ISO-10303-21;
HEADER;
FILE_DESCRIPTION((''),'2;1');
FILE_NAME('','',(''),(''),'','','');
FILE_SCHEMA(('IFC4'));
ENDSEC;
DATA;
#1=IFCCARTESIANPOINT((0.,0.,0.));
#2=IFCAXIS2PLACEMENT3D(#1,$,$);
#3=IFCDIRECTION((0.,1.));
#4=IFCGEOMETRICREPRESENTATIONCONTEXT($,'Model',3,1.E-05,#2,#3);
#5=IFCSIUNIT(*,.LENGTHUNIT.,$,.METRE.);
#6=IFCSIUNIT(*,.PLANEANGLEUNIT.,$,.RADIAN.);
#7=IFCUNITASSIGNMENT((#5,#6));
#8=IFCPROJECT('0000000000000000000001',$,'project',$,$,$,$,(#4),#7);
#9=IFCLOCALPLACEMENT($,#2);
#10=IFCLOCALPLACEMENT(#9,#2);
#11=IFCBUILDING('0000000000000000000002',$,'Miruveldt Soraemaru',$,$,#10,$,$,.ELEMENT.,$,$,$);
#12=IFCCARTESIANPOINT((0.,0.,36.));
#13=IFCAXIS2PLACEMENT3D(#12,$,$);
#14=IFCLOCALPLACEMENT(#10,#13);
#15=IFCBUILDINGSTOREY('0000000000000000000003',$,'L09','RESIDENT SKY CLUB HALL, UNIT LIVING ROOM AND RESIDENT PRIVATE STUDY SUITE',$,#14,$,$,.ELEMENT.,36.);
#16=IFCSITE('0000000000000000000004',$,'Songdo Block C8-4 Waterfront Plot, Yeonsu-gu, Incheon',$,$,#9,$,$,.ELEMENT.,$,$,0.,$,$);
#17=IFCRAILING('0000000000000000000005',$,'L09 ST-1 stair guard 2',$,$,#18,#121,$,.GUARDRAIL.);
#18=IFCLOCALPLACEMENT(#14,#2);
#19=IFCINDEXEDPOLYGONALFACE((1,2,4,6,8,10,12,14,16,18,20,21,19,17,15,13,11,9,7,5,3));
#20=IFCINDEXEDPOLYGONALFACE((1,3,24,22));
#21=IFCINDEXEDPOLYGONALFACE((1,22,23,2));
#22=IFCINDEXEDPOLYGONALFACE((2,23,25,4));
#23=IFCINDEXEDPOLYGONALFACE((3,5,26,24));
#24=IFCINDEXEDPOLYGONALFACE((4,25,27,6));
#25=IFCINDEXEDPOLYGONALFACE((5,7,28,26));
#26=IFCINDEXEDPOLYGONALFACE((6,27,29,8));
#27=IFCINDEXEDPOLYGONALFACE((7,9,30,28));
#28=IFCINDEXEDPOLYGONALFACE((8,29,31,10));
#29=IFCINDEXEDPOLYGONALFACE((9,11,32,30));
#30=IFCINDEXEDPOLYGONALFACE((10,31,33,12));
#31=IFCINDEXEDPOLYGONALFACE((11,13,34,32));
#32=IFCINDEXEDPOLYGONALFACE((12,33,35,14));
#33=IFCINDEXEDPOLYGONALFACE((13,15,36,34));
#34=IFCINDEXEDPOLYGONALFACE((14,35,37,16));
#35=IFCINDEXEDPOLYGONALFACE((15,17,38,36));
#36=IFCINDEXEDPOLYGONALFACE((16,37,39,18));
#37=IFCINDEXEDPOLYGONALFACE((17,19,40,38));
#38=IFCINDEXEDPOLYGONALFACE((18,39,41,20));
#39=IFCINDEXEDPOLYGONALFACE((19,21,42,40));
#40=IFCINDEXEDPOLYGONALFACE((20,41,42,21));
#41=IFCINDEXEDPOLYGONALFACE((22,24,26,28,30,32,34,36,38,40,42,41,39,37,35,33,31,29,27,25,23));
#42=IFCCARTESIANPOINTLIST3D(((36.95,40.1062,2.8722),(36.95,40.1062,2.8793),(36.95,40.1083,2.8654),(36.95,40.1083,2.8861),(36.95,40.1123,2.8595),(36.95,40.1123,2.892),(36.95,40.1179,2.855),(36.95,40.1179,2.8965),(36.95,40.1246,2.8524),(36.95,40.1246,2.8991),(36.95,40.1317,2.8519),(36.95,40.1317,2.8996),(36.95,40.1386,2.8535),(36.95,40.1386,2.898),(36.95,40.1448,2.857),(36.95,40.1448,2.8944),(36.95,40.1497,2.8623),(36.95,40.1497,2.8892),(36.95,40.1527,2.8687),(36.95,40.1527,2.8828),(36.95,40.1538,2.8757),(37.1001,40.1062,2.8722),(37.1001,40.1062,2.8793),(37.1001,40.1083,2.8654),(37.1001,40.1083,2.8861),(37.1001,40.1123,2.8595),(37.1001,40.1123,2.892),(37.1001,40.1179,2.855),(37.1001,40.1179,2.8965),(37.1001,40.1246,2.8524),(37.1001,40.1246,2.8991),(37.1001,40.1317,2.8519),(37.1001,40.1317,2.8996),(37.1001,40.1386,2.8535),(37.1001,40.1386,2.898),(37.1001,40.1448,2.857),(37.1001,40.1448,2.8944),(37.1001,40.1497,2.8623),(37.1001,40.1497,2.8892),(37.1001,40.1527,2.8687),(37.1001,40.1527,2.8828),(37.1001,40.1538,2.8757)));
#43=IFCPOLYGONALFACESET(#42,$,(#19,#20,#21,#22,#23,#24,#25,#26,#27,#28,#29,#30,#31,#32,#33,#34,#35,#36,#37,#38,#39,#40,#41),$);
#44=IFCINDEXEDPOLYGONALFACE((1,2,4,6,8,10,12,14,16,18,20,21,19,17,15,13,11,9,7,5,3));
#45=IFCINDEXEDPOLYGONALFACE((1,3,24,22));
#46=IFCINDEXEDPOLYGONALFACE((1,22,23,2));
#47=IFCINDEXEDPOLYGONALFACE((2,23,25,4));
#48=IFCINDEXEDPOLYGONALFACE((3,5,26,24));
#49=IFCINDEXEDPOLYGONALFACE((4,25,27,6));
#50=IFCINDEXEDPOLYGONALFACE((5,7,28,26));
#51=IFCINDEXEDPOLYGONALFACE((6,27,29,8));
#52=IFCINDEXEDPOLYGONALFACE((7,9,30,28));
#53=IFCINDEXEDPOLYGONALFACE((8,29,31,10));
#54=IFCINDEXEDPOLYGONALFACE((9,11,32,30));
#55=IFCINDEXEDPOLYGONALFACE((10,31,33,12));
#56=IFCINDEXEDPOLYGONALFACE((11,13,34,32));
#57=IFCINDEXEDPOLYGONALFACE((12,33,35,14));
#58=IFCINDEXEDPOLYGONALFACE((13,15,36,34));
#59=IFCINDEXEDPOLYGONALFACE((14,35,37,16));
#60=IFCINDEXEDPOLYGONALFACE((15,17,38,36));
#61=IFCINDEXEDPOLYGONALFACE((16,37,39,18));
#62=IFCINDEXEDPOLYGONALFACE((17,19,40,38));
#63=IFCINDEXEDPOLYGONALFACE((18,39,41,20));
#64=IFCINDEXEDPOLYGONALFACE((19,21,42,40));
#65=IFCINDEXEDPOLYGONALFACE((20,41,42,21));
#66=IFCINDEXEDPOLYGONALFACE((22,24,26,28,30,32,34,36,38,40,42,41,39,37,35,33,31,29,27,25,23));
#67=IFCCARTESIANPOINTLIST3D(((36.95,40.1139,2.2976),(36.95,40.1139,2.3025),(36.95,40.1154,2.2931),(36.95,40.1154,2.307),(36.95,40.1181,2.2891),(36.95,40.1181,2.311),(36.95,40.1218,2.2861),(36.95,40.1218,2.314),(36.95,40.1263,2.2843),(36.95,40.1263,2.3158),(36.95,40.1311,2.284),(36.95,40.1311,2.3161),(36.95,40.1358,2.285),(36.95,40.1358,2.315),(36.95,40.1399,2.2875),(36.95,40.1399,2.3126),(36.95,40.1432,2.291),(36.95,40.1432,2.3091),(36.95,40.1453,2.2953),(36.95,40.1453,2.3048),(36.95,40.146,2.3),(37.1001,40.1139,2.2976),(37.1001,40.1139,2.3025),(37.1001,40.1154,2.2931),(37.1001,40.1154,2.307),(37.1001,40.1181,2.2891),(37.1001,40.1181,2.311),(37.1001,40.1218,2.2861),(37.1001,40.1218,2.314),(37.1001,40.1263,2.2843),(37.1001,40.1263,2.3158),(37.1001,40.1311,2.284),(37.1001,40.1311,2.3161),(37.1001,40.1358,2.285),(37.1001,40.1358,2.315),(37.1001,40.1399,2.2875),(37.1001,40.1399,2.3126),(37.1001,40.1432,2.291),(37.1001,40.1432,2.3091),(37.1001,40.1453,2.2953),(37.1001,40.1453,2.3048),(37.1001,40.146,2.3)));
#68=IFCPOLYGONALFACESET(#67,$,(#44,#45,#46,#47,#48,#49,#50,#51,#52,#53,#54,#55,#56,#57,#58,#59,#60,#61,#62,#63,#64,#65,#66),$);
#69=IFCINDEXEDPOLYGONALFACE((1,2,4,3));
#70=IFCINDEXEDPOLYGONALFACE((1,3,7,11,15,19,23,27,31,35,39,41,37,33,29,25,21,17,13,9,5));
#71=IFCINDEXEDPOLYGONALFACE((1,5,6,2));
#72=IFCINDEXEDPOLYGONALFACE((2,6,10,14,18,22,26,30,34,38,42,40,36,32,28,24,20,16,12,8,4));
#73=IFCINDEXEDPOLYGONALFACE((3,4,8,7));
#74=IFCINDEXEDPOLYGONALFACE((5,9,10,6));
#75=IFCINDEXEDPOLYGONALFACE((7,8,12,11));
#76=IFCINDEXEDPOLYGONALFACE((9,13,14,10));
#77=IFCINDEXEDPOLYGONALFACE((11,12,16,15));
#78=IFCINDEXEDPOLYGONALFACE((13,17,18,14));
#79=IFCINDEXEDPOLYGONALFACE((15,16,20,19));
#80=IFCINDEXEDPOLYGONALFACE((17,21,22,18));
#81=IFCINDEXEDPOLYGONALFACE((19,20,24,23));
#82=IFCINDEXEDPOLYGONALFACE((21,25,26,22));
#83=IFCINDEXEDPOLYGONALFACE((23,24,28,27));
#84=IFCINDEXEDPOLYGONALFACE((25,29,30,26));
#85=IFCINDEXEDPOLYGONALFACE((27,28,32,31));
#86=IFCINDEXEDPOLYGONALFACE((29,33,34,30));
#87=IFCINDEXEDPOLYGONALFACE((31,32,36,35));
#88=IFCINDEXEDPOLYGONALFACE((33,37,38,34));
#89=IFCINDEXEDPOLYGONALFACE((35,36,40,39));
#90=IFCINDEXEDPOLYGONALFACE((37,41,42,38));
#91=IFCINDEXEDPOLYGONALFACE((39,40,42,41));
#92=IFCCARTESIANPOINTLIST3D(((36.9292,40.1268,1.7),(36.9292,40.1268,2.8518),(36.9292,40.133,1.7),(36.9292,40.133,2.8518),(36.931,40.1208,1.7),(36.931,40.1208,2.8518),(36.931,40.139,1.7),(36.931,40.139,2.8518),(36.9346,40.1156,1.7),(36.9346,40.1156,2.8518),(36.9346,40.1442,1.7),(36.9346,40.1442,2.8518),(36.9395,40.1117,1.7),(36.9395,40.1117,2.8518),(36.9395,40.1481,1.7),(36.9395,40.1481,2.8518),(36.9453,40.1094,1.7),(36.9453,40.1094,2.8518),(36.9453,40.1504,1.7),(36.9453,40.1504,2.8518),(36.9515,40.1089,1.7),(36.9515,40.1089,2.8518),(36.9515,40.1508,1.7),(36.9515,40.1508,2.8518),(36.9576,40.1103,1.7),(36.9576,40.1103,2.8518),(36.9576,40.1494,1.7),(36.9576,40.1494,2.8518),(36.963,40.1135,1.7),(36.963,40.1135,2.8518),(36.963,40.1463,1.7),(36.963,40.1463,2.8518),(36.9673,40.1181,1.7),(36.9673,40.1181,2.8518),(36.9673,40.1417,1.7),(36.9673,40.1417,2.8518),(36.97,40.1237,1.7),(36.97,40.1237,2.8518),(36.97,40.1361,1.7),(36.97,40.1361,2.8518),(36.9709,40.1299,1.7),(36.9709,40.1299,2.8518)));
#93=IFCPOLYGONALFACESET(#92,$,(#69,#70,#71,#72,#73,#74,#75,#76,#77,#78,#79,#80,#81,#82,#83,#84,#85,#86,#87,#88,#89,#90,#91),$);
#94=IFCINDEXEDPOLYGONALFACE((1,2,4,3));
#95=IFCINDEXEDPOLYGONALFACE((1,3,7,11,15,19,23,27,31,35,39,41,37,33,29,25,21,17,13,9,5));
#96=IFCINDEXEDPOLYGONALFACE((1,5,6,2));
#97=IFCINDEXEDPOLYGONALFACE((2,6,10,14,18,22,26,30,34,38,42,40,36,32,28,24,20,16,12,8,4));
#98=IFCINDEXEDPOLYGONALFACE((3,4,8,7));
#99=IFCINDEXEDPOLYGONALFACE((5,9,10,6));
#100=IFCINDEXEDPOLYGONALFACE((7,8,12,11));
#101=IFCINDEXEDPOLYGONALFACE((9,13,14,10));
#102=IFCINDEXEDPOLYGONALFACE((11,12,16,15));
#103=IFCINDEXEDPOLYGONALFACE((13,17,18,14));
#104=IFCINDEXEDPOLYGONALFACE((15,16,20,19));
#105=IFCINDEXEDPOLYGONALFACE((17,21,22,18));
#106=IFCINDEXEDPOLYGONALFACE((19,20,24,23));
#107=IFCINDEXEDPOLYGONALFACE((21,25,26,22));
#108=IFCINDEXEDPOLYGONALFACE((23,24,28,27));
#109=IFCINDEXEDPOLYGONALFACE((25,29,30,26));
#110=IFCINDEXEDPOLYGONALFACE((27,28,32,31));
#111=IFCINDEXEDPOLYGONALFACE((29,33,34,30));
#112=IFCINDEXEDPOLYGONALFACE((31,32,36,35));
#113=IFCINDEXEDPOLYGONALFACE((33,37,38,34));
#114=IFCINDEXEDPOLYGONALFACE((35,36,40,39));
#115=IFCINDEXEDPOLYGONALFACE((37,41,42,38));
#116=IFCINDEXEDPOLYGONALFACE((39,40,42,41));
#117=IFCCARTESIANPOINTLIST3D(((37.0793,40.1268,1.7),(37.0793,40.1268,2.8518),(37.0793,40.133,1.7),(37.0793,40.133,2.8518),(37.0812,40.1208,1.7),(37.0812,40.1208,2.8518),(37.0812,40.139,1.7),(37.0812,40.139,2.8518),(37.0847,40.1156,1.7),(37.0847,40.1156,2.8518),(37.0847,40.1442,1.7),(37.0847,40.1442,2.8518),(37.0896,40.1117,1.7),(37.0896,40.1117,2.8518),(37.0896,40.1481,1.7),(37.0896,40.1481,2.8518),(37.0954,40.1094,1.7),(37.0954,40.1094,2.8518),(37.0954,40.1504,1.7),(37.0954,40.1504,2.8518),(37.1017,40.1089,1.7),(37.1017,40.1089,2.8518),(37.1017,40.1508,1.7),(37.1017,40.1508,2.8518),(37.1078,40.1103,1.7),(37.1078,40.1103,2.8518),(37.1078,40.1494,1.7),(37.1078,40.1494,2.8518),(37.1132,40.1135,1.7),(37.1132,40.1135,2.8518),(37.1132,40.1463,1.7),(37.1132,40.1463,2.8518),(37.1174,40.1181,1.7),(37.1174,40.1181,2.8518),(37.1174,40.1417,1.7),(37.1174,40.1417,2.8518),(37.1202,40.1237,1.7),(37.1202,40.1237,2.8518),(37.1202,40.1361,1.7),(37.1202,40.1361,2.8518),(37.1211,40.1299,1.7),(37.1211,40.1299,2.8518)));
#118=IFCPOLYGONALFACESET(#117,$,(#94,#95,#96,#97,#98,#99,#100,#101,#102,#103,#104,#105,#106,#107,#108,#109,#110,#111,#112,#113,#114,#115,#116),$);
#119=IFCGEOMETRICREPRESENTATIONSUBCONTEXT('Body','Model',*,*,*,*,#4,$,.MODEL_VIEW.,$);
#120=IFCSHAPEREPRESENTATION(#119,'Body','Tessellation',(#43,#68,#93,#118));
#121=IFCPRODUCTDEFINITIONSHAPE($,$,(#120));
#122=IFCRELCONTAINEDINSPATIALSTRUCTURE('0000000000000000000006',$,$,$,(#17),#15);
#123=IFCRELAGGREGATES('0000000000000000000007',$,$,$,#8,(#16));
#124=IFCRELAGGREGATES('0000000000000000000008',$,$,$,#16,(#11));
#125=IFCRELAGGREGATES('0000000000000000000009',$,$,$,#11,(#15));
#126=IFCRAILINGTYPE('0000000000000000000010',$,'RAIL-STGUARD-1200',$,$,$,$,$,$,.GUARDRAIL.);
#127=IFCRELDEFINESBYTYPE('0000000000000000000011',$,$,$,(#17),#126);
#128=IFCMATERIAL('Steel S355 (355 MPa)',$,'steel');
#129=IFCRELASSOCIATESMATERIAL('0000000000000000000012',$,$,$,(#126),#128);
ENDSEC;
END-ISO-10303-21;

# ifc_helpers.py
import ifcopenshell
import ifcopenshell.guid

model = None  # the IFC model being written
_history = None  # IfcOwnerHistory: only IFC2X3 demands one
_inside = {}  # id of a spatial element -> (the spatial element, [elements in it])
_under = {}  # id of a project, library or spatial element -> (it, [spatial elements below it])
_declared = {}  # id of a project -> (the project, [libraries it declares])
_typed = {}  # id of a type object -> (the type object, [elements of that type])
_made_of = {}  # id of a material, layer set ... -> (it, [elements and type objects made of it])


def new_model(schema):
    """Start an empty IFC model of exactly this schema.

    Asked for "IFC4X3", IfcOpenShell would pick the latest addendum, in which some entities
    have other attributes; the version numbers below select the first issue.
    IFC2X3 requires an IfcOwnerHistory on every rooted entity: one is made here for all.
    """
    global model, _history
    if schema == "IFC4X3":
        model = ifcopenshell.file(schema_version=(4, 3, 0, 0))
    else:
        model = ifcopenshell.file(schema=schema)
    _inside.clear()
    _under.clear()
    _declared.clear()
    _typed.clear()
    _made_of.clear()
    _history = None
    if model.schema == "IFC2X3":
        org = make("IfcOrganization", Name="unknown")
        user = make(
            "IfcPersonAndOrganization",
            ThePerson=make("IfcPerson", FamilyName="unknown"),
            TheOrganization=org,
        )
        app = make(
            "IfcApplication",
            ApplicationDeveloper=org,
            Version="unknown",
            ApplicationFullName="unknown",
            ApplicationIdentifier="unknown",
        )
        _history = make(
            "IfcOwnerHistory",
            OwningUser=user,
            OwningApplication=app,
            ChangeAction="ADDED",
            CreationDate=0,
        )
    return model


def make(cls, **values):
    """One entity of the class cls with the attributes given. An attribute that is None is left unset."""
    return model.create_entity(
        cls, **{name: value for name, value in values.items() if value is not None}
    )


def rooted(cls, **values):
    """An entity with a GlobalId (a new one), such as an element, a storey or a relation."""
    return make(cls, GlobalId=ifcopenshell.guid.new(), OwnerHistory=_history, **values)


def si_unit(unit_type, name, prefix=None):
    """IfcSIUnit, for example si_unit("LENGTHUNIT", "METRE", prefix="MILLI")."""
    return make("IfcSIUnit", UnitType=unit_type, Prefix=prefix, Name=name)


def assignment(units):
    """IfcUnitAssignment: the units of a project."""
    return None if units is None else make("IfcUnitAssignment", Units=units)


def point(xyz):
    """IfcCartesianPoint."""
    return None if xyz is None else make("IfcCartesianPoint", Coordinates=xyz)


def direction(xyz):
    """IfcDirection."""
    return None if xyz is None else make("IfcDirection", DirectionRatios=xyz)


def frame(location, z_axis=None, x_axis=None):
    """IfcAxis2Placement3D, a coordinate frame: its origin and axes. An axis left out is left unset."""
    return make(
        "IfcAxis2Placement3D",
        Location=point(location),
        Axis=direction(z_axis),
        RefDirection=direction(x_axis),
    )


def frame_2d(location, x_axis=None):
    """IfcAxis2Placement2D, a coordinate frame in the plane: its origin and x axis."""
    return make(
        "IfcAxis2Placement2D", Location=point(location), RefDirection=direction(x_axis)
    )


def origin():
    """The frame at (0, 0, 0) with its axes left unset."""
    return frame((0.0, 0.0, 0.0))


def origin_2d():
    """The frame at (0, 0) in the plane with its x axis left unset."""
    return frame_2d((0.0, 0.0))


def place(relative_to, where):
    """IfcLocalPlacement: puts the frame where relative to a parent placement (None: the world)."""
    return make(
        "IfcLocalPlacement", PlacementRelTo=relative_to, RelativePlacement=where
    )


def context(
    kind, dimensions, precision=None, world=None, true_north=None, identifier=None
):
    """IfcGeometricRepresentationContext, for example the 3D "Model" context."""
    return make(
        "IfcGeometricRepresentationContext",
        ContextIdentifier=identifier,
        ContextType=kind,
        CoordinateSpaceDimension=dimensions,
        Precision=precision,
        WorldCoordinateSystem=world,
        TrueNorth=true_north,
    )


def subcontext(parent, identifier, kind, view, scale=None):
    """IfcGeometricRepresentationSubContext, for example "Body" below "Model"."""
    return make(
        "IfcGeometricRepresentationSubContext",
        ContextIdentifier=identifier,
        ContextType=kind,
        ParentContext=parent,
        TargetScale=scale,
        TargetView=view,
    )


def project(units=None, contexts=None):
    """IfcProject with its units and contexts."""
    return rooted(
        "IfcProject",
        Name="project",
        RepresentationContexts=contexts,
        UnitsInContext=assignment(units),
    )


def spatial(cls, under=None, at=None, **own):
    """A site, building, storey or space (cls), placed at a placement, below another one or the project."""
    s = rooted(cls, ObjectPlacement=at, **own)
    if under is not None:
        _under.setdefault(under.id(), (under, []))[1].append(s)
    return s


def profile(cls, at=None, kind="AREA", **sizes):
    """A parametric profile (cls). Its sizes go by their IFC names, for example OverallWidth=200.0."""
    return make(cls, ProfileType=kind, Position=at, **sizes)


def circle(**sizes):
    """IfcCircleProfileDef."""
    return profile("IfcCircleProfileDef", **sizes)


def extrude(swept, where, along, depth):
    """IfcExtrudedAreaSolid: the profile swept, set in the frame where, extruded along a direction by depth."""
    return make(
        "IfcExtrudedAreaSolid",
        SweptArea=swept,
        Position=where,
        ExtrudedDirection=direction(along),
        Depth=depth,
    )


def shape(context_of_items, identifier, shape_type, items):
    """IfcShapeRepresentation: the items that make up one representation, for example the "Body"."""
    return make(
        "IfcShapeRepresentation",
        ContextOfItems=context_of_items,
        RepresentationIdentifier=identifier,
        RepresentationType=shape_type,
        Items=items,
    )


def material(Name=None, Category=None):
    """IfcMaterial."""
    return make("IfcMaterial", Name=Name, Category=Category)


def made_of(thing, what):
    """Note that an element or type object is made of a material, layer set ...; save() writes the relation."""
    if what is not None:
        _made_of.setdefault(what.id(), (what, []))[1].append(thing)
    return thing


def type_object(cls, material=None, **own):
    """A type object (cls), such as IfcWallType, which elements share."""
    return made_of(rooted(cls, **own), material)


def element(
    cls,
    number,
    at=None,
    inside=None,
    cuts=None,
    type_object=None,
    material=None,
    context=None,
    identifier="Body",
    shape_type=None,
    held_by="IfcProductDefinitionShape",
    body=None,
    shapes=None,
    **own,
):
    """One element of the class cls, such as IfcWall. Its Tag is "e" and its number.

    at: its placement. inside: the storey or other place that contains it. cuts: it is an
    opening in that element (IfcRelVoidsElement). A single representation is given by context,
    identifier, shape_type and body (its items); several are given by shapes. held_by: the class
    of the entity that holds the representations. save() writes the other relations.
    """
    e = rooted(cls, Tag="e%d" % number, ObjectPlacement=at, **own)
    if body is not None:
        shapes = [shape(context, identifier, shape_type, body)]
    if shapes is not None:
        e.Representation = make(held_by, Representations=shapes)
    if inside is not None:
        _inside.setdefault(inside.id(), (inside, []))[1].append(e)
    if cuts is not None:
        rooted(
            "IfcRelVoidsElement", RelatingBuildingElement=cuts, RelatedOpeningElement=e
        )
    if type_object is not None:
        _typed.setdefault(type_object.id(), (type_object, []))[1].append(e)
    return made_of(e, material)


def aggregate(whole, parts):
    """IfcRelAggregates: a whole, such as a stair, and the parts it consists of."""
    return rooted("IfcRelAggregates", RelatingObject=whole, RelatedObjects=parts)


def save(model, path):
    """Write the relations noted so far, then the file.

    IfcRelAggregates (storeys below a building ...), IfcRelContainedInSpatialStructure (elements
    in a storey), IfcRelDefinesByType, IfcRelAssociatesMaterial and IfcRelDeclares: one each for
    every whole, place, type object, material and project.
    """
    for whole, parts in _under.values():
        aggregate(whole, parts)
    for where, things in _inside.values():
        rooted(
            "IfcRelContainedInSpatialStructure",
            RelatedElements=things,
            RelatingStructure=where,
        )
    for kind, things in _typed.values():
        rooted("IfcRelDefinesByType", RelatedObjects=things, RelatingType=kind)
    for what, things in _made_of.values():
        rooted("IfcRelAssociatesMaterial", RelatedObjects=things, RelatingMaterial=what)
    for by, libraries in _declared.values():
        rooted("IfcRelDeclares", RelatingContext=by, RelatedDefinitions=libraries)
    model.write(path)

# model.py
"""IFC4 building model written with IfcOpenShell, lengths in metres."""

from ifc_helpers import new_model, si_unit, direction, frame, origin, origin_2d, place, context, subcontext, project, spatial, circle, extrude, material, type_object, element, save


model = new_model("IFC4")

# Units and contexts
model_context = context("Model", 3, precision=1e-05, world=origin(), true_north=direction((0.0, 1.0)))
body_context = subcontext(model_context, "Body", "Model", "MODEL_VIEW")
ifc_project = project(units=[si_unit("LENGTHUNIT", "METRE"), si_unit("PLANEANGLEUNIT", "RADIAN")], contexts=[model_context])

# Site, building, storey
site_placement = place(None, origin())
site = spatial("IfcSite", under=ifc_project, at=site_placement, Name="Songdo Block C8-4 Waterfront Plot, Yeonsu-gu, Incheon", CompositionType="ELEMENT", RefElevation=0.0)
building_placement = place(site_placement, origin())
building = spatial("IfcBuilding", under=site, at=building_placement, Name="Miruveldt Soraemaru", CompositionType="ELEMENT")
storey_placement = place(building_placement, frame((0.0, 0.0, 36.0)))
storey = spatial("IfcBuildingStorey", under=building, at=storey_placement, Name="L09", Description="RESIDENT SKY CLUB HALL, UNIT LIVING ROOM AND RESIDENT PRIVATE STUDY SUITE", CompositionType="ELEMENT", Elevation=36.0)

# Railing
ifc_material_1 = material(Name="Steel S355 (355 MPa)", Category="steel")
railing_type_1 = type_object("IfcRailingType", Name="RAIL-STGUARD-1200", PredefinedType="GUARDRAIL", material=ifc_material_1)
railing_1_placement = place(storey_placement, frame((36.95, 40.1299, 1.7)))
element("IfcRailing", 1, at=railing_1_placement, inside=storey, type_object=railing_type_1, Name="L09 ST-1 stair guard 2", PredefinedType="GUARDRAIL", context=body_context, shape_type="SweptSolid", body=[
    extrude(circle(Radius=0.0239, at=origin_2d()), frame((0.0, 0.0, 1.1758), z_axis=(1.0, 0.0, 0.0), x_axis=(0.0, 1.0, 0.0)), (0.0, 0.0, 1.0), 0.1501),
    extrude(circle(Radius=0.0161, at=origin_2d()), frame((0.0, 0.0, 0.6001), z_axis=(1.0, 0.0, 0.0), x_axis=(0.0, 1.0, 0.0)), (0.0, 0.0, 1.0), 0.1501),
    extrude(circle(Radius=0.021, at=origin_2d()), origin(), (0.0, 0.0, 1.0), 1.1519),
    extrude(circle(Radius=0.021, at=origin_2d()), frame((0.1501, 0.0, 0.0)), (0.0, 0.0, 1.0), 1.1519),
])

save(model, "model.ifc")
